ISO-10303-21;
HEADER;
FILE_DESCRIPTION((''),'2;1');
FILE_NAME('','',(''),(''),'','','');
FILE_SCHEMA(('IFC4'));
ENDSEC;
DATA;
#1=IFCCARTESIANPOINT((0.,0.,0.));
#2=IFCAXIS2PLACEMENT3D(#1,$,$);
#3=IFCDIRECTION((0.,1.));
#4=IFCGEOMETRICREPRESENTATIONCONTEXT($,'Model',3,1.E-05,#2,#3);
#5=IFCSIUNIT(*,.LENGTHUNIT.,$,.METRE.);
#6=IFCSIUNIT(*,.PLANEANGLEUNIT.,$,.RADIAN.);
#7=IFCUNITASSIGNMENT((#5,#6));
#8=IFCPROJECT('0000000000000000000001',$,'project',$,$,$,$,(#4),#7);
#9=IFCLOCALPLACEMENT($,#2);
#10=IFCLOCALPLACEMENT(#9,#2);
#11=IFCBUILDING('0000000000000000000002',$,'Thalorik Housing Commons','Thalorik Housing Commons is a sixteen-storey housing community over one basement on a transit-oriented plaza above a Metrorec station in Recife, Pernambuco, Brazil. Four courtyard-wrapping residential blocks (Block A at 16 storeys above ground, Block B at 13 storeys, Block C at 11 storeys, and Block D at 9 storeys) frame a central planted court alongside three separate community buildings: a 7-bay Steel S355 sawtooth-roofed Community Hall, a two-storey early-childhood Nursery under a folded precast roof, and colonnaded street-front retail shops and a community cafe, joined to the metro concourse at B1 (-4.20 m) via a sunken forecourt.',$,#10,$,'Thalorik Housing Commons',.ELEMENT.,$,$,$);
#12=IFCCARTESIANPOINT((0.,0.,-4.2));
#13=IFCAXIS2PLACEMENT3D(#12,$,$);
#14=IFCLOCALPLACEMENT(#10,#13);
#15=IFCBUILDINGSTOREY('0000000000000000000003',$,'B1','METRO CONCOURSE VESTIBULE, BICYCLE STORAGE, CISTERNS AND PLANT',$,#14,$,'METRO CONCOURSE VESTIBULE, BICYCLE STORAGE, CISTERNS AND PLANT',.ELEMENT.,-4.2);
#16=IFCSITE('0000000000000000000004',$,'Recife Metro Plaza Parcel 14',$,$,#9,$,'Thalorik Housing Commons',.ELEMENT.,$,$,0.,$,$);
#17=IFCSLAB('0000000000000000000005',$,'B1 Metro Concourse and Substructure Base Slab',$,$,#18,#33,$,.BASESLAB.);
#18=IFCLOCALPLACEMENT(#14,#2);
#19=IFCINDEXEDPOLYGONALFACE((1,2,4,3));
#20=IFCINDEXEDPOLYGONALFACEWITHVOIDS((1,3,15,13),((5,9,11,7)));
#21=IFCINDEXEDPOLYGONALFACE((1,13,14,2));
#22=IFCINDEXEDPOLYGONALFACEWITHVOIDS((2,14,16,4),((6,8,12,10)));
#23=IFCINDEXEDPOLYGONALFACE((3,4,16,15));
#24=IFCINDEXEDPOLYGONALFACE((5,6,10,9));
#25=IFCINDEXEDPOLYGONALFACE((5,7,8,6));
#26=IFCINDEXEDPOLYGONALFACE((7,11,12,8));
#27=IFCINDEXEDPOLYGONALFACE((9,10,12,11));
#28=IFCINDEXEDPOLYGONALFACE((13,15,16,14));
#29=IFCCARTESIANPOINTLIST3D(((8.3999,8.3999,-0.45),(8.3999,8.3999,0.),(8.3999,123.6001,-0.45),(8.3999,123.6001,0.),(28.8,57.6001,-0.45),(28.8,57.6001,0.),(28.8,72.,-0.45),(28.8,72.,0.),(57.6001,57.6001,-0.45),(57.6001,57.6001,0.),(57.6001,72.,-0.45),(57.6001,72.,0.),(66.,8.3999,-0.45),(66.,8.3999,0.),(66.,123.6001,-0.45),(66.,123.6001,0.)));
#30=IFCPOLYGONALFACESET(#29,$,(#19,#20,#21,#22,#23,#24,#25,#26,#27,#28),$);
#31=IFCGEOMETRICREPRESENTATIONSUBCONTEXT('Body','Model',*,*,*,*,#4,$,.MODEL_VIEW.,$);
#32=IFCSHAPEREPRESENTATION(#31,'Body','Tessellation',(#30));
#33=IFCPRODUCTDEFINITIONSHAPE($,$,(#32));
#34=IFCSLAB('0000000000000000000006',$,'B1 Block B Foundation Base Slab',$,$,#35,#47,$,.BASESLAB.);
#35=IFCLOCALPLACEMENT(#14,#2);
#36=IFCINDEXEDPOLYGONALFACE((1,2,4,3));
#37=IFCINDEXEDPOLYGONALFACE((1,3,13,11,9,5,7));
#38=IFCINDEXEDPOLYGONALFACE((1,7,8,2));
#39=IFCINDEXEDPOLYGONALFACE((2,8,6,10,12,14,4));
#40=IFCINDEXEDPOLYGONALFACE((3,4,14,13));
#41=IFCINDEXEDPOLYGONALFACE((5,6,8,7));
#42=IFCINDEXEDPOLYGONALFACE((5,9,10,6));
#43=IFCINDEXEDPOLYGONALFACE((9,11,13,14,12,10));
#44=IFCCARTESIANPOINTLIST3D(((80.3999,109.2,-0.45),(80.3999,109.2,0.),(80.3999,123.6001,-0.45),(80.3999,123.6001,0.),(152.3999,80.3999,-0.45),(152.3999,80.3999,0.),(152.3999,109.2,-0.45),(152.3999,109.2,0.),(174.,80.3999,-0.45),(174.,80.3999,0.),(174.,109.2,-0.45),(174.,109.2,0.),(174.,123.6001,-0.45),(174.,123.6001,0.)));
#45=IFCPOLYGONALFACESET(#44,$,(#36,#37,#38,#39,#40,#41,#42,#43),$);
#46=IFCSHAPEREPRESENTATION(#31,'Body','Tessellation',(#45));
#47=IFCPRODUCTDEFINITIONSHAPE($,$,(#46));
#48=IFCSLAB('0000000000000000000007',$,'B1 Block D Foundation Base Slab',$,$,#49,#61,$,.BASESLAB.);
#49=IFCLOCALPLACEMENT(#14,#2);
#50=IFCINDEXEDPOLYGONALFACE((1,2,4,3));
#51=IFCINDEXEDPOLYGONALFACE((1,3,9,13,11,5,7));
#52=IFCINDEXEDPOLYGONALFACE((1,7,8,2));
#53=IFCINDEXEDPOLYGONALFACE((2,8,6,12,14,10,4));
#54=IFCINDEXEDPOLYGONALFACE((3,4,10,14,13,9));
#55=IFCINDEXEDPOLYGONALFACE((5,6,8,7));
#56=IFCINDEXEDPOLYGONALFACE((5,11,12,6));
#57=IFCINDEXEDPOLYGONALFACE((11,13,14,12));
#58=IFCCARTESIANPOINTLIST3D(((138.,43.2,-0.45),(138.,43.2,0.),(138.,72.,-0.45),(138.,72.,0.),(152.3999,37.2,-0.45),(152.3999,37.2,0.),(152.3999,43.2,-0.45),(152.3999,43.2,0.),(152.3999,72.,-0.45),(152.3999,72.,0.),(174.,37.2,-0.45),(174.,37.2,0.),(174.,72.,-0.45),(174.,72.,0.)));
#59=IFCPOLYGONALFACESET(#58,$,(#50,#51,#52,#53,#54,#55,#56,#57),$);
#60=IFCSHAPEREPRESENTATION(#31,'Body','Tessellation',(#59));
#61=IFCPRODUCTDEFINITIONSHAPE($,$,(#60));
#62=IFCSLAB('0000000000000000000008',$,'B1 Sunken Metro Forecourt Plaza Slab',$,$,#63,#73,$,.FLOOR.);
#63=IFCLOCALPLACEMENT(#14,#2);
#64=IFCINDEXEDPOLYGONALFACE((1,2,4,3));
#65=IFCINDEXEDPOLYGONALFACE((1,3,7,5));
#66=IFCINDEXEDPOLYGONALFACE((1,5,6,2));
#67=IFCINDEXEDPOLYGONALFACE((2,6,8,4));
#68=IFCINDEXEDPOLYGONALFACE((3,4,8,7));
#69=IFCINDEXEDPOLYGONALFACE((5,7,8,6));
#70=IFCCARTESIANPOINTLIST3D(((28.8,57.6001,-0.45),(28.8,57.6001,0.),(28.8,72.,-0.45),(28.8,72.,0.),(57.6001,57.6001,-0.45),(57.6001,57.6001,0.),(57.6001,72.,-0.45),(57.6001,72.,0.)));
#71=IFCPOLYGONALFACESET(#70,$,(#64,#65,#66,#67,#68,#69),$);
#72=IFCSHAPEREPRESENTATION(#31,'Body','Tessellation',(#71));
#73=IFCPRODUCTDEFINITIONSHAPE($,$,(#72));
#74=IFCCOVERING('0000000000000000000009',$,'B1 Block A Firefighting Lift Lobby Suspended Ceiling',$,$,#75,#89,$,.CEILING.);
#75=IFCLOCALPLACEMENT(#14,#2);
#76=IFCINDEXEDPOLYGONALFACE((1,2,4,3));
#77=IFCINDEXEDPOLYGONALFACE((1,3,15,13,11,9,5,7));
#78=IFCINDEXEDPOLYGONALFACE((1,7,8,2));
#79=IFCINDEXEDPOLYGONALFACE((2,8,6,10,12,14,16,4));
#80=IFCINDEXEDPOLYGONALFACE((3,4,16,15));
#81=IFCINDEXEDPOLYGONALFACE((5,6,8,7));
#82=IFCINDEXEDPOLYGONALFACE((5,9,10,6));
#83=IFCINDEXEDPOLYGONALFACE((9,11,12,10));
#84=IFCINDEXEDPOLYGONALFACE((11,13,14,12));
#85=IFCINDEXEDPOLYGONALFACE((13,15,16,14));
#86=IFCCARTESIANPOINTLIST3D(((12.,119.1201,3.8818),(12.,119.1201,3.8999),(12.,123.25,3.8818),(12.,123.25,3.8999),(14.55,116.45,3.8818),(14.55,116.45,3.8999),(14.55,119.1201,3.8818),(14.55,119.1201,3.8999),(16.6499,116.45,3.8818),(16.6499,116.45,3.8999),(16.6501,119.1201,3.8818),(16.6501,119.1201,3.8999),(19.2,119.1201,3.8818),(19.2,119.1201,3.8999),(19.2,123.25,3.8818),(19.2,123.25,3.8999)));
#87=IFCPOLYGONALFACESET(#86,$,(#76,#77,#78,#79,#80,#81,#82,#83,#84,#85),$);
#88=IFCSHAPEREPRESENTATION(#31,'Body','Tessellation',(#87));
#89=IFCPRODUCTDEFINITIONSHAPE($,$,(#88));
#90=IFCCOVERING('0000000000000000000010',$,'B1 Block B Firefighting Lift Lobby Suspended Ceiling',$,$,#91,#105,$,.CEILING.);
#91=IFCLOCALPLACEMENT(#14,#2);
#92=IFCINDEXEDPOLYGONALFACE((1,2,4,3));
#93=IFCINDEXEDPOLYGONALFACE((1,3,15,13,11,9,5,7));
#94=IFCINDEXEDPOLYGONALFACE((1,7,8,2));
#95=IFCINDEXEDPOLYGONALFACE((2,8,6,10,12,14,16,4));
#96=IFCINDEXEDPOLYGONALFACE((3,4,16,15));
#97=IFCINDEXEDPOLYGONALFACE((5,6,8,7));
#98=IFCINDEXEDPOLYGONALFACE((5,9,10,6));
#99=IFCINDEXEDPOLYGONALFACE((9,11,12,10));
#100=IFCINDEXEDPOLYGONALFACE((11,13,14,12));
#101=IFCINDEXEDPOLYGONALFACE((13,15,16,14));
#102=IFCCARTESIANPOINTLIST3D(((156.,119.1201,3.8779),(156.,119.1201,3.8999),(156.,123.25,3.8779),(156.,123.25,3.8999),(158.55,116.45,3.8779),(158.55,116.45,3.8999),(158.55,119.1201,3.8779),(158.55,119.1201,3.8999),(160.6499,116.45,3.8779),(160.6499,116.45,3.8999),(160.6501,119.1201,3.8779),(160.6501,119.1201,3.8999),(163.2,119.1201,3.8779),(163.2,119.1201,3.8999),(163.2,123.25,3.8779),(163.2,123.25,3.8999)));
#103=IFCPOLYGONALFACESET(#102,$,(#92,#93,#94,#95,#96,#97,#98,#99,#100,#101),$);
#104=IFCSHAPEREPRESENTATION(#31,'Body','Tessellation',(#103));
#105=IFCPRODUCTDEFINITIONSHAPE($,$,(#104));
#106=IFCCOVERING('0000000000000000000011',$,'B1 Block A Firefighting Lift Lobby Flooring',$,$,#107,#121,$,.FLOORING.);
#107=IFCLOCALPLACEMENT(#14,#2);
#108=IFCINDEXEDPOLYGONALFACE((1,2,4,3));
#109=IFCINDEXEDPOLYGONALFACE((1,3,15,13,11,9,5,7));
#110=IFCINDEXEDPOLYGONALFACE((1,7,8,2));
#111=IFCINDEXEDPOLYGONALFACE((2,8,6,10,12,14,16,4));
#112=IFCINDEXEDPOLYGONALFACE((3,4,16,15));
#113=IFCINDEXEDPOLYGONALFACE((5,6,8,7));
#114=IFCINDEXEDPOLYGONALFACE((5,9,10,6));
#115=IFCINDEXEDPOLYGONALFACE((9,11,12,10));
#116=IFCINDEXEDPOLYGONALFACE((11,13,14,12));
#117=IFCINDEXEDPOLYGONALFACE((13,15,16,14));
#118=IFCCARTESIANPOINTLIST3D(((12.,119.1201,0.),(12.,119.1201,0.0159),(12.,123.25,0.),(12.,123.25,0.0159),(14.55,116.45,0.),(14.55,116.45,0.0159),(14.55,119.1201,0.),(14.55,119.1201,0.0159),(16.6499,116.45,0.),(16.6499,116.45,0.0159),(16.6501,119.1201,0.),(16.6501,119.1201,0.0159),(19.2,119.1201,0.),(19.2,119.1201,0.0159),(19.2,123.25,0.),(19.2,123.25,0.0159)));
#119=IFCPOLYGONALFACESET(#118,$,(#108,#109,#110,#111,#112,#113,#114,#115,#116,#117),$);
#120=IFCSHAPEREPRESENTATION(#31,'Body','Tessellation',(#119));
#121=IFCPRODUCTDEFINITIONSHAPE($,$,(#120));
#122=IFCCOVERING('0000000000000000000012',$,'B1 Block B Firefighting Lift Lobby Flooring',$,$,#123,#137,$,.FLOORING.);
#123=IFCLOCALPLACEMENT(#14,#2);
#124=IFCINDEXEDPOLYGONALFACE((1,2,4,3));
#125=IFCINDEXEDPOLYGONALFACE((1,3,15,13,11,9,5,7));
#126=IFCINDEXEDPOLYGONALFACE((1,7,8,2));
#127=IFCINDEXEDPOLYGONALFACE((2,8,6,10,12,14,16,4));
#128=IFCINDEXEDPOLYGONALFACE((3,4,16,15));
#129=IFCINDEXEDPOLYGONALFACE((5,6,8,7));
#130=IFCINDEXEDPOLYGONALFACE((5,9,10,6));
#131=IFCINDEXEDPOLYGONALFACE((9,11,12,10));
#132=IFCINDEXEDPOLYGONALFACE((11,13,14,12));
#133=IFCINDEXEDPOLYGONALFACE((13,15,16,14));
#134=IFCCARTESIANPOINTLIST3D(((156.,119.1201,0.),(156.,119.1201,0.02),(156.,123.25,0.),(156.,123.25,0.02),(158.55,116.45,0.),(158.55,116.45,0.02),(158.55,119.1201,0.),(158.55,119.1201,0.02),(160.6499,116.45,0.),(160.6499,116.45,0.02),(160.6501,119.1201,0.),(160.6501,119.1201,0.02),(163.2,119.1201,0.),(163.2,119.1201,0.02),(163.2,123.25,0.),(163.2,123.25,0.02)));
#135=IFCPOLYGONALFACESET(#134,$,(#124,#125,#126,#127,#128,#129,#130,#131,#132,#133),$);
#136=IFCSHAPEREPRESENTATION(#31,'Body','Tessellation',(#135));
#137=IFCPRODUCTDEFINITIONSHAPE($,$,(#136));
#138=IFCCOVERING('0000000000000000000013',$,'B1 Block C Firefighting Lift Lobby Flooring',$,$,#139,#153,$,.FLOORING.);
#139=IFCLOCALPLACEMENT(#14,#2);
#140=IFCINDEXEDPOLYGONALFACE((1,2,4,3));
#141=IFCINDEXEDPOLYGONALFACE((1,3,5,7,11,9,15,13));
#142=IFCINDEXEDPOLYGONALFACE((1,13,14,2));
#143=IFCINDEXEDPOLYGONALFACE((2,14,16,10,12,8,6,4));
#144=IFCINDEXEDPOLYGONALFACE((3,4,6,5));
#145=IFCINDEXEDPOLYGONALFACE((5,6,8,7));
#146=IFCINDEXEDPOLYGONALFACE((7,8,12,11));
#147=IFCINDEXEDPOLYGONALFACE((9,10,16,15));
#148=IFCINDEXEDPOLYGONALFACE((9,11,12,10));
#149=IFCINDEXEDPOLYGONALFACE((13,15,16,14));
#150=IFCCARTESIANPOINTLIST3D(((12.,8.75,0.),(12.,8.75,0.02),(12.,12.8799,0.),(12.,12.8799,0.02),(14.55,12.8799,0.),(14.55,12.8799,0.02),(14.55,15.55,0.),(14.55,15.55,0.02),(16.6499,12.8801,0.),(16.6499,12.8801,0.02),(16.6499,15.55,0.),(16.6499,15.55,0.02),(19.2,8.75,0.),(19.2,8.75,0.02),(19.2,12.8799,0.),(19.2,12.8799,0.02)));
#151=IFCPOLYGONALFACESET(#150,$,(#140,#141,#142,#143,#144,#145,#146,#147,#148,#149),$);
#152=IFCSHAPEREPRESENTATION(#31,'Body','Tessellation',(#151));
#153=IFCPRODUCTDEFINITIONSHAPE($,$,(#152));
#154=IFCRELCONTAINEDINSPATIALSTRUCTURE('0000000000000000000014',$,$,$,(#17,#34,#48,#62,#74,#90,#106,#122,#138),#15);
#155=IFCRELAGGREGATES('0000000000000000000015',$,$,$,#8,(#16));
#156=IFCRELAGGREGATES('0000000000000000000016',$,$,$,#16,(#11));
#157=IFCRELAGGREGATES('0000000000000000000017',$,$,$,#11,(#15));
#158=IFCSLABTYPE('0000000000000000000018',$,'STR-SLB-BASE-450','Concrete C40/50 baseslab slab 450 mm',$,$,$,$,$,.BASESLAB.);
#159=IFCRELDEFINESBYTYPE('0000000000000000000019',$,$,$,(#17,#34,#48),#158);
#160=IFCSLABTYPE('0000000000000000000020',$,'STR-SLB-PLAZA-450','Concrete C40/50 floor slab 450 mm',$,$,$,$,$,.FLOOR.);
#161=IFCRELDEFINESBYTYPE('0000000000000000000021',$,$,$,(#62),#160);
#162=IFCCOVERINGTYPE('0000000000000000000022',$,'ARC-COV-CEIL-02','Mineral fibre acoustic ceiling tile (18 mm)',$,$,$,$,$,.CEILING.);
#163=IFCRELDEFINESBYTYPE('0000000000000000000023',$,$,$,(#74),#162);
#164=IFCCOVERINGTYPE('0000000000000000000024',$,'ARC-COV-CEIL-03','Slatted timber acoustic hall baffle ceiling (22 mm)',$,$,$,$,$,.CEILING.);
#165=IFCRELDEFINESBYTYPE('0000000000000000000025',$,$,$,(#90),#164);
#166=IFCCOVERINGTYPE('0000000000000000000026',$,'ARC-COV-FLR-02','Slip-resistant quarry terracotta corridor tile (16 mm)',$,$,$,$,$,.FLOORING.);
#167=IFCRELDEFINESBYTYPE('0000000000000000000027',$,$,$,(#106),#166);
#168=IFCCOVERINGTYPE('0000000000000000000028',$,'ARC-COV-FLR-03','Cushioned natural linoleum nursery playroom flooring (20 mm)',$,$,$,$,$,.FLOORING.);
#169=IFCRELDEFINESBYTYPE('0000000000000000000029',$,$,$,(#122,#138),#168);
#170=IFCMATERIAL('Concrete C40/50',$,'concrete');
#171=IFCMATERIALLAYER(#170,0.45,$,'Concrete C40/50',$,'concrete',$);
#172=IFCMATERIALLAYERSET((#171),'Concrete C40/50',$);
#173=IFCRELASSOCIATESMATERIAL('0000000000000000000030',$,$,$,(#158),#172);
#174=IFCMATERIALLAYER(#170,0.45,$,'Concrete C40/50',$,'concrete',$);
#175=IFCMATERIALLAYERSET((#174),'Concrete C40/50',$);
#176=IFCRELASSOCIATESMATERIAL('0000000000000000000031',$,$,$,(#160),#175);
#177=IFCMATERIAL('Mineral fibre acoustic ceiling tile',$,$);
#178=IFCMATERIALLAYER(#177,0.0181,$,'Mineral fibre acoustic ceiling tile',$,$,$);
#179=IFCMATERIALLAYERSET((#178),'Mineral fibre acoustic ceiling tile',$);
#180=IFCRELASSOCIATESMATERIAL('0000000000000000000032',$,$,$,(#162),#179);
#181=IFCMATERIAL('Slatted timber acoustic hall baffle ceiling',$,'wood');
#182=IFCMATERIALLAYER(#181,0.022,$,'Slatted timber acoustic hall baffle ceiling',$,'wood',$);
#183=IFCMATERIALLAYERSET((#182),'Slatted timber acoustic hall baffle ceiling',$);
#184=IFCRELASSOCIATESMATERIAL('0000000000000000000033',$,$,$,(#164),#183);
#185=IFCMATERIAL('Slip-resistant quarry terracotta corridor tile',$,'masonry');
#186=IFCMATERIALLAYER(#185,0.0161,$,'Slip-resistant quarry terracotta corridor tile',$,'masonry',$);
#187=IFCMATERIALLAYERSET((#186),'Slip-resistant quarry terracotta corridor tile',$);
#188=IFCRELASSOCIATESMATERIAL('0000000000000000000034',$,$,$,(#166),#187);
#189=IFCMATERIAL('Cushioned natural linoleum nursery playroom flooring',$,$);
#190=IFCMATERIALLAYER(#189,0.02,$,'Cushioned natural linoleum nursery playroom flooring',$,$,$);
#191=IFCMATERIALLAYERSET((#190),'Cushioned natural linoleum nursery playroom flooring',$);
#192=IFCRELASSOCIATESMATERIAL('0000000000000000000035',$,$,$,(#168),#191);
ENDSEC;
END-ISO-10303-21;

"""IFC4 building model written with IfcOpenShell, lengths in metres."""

from ifc_helpers import new_model, si_unit, direction, frame, origin, place, context, subcontext, project, spatial, polyline, outline, extrude, material, layer, layer_set, type_object, element, save


model = new_model("IFC4")

# Units and contexts
model_context = context("Model", 3, precision=1e-05, world=origin(), true_north=direction((0.0, 1.0)))
body_context = subcontext(model_context, "Body", "Model", "MODEL_VIEW")
ifc_project = project(units=[si_unit("LENGTHUNIT", "METRE"), si_unit("PLANEANGLEUNIT", "RADIAN")], contexts=[model_context])

# Site, building, storey
site_placement = place(None, origin())
site = spatial("IfcSite", under=ifc_project, at=site_placement, Name="Recife Metro Plaza Parcel 14", LongName="Thalorik Housing Commons", CompositionType="ELEMENT", RefElevation=0.0)
building_placement = place(site_placement, origin())
building = spatial("IfcBuilding", under=site, at=building_placement, Name="Thalorik Housing Commons", Description="Thalorik Housing Commons is a sixteen-storey housing community over one basement on a transit-oriented plaza above a Metrorec station in Recife, Pernambuco, Brazil. Four courtyard-wrapping residential blocks (Block A at 16 storeys above ground, Block B at 13 storeys, Block C at 11 storeys, and Block D at 9 storeys) frame a central planted court alongside three separate community buildings: a 7-bay Steel S355 sawtooth-roofed Community Hall, a two-storey early-childhood Nursery under a folded precast roof, and colonnaded street-front retail shops and a community cafe, joined to the metro concourse at B1 (-4.20 m) via a sunken forecourt.", LongName="Thalorik Housing Commons", CompositionType="ELEMENT")
storey_placement = place(building_placement, frame((0.0, 0.0, -4.2)))
storey = spatial("IfcBuildingStorey", under=building, at=storey_placement, Name="B1", Description="METRO CONCOURSE VESTIBULE, BICYCLE STORAGE, CISTERNS AND PLANT", LongName="METRO CONCOURSE VESTIBULE, BICYCLE STORAGE, CISTERNS AND PLANT", CompositionType="ELEMENT", Elevation=-4.2)

# Shared definitions
ifc_material_1 = material(Name="Concrete C40/50", Category="concrete")

# Slabs
ifc_layer_1 = layer(ifc_material_1, 0.45, Name="Concrete C40/50", Category="concrete")
ifc_layer_set_1 = layer_set([ifc_layer_1], Name="Concrete C40/50")
slab_type_1 = type_object("IfcSlabType", Name="STR-SLB-BASE-450", Description="Concrete C40/50 baseslab slab 450 mm", PredefinedType="BASESLAB", material=ifc_layer_set_1)
slab_1_placement = place(storey_placement, frame((0.0, 0.0, -0.45)))
element("IfcSlab", 1, at=slab_1_placement, inside=storey, type_object=slab_type_1, Name="B1 Metro Concourse and Substructure Base Slab", PredefinedType="BASESLAB", context=body_context, shape_type="SweptSolid", body=[
    extrude(outline(polyline([(66.0, 8.3999), (66.0, 123.6001), (8.3999, 123.6001), (8.3999, 8.3999), (66.0, 8.3999)]), holes=[polyline([(57.6001, 57.6001), (28.8, 57.6001), (28.8, 72.0), (57.6001, 72.0), (57.6001, 57.6001)])]), origin(), (0.0, 0.0, 1.0), 0.45),
])
slab_2_placement = place(storey_placement, frame((0.0, 0.0, -0.45)))
element("IfcSlab", 2, at=slab_2_placement, inside=storey, type_object=slab_type_1, Name="B1 Block B Foundation Base Slab", PredefinedType="BASESLAB", context=body_context, shape_type="SweptSolid", body=[
    extrude(outline(polyline([(174.0, 109.2), (174.0, 123.6001), (80.3999, 123.6001), (80.3999, 109.2), (152.3999, 109.2), (152.3999, 80.3999), (174.0, 80.3999), (174.0, 109.2)])), origin(), (0.0, 0.0, 1.0), 0.45),
])
slab_3_placement = place(storey_placement, frame((0.0, 0.0, -0.45)))
element("IfcSlab", 3, at=slab_3_placement, inside=storey, type_object=slab_type_1, Name="B1 Block D Foundation Base Slab", PredefinedType="BASESLAB", context=body_context, shape_type="SweptSolid", body=[
    extrude(outline(polyline([(152.3999, 72.0), (138.0, 72.0), (138.0, 43.2), (152.3999, 43.2), (152.3999, 37.2), (174.0, 37.2), (174.0, 72.0), (152.3999, 72.0)])), origin(), (0.0, 0.0, 1.0), 0.45),
])
ifc_layer_2 = layer(ifc_material_1, 0.45, Name="Concrete C40/50", Category="concrete")
ifc_layer_set_2 = layer_set([ifc_layer_2], Name="Concrete C40/50")
slab_type_2 = type_object("IfcSlabType", Name="STR-SLB-PLAZA-450", Description="Concrete C40/50 floor slab 450 mm", PredefinedType="FLOOR", material=ifc_layer_set_2)
slab_4_placement = place(storey_placement, frame((0.0, 0.0, -0.45)))
element("IfcSlab", 4, at=slab_4_placement, inside=storey, type_object=slab_type_2, Name="B1 Sunken Metro Forecourt Plaza Slab", PredefinedType="FLOOR", context=body_context, shape_type="SweptSolid", body=[
    extrude(outline(polyline([(28.8, 57.6001), (57.6001, 57.6001), (57.6001, 72.0), (28.8, 72.0), (28.8, 57.6001)])), origin(), (0.0, 0.0, 1.0), 0.45),
])

# Coverings
ifc_material_2 = material(Name="Mineral fibre acoustic ceiling tile")
ifc_layer_3 = layer(ifc_material_2, 0.0181, Name="Mineral fibre acoustic ceiling tile")
ifc_layer_set_3 = layer_set([ifc_layer_3], Name="Mineral fibre acoustic ceiling tile")
covering_type_1 = type_object("IfcCoveringType", Name="ARC-COV-CEIL-02", Description="Mineral fibre acoustic ceiling tile (18 mm)", PredefinedType="CEILING", material=ifc_layer_set_3)
covering_1_placement = place(storey_placement, frame((0.0, 0.0, 3.8818)))
element("IfcCovering", 5, at=covering_1_placement, inside=storey, type_object=covering_type_1, Name="B1 Block A Firefighting Lift Lobby Suspended Ceiling", PredefinedType="CEILING", context=body_context, shape_type="SweptSolid", body=[
    extrude(outline(polyline([(14.55, 116.45), (16.6499, 116.45), (16.6501, 119.1201), (19.2, 119.1201), (19.2, 123.25), (12.0, 123.25), (12.0, 119.1201), (14.55, 119.1201), (14.55, 116.45)])), origin(), (0.0, 0.0, 1.0), 0.0181),
])
ifc_material_3 = material(Name="Slatted timber acoustic hall baffle ceiling", Category="wood")
ifc_layer_4 = layer(ifc_material_3, 0.022, Name="Slatted timber acoustic hall baffle ceiling", Category="wood")
ifc_layer_set_4 = layer_set([ifc_layer_4], Name="Slatted timber acoustic hall baffle ceiling")
covering_type_2 = type_object("IfcCoveringType", Name="ARC-COV-CEIL-03", Description="Slatted timber acoustic hall baffle ceiling (22 mm)", PredefinedType="CEILING", material=ifc_layer_set_4)
covering_2_placement = place(storey_placement, frame((0.0, 0.0, 3.8779)))
element("IfcCovering", 6, at=covering_2_placement, inside=storey, type_object=covering_type_2, Name="B1 Block B Firefighting Lift Lobby Suspended Ceiling", PredefinedType="CEILING", context=body_context, shape_type="SweptSolid", body=[
    extrude(outline(polyline([(158.55, 116.45), (160.6499, 116.45), (160.6501, 119.1201), (163.2, 119.1201), (163.2, 123.25), (156.0, 123.25), (156.0, 119.1201), (158.55, 119.1201), (158.55, 116.45)])), origin(), (0.0, 0.0, 1.0), 0.022),
])
ifc_material_4 = material(Name="Slip-resistant quarry terracotta corridor tile", Category="masonry")
ifc_layer_5 = layer(ifc_material_4, 0.0161, Name="Slip-resistant quarry terracotta corridor tile", Category="masonry")
ifc_layer_set_5 = layer_set([ifc_layer_5], Name="Slip-resistant quarry terracotta corridor tile")
covering_type_3 = type_object("IfcCoveringType", Name="ARC-COV-FLR-02", Description="Slip-resistant quarry terracotta corridor tile (16 mm)", PredefinedType="FLOORING", material=ifc_layer_set_5)
covering_3_placement = place(storey_placement, origin())
element("IfcCovering", 7, at=covering_3_placement, inside=storey, type_object=covering_type_3, Name="B1 Block A Firefighting Lift Lobby Flooring", PredefinedType="FLOORING", context=body_context, shape_type="SweptSolid", body=[
    extrude(outline(polyline([(14.55, 116.45), (16.6499, 116.45), (16.6501, 119.1201), (19.2, 119.1201), (19.2, 123.25), (12.0, 123.25), (12.0, 119.1201), (14.55, 119.1201), (14.55, 116.45)])), origin(), (0.0, 0.0, 1.0), 0.0159),
])
ifc_material_5 = material(Name="Cushioned natural linoleum nursery playroom flooring")
ifc_layer_6 = layer(ifc_material_5, 0.02, Name="Cushioned natural linoleum nursery playroom flooring")
ifc_layer_set_6 = layer_set([ifc_layer_6], Name="Cushioned natural linoleum nursery playroom flooring")
covering_type_4 = type_object("IfcCoveringType", Name="ARC-COV-FLR-03", Description="Cushioned natural linoleum nursery playroom flooring (20 mm)", PredefinedType="FLOORING", material=ifc_layer_set_6)
covering_4_placement = place(storey_placement, origin())
element("IfcCovering", 8, at=covering_4_placement, inside=storey, type_object=covering_type_4, Name="B1 Block B Firefighting Lift Lobby Flooring", PredefinedType="FLOORING", context=body_context, shape_type="SweptSolid", body=[
    extrude(outline(polyline([(158.55, 116.45), (160.6499, 116.45), (160.6501, 119.1201), (163.2, 119.1201), (163.2, 123.25), (156.0, 123.25), (156.0, 119.1201), (158.55, 119.1201), (158.55, 116.45)])), origin(), (0.0, 0.0, 1.0), 0.02),
])
covering_5_placement = place(storey_placement, origin())
element("IfcCovering", 9, at=covering_5_placement, inside=storey, type_object=covering_type_4, Name="B1 Block C Firefighting Lift Lobby Flooring", PredefinedType="FLOORING", context=body_context, shape_type="SweptSolid", body=[
    extrude(outline(polyline([(12.0, 12.8799), (12.0, 8.75), (19.2, 8.75), (19.2, 12.8799), (16.6499, 12.8801), (16.6499, 15.55), (14.55, 15.55), (14.55, 12.8799), (12.0, 12.8799)])), origin(), (0.0, 0.0, 1.0), 0.02),
])

save(model, "model.ifc")
